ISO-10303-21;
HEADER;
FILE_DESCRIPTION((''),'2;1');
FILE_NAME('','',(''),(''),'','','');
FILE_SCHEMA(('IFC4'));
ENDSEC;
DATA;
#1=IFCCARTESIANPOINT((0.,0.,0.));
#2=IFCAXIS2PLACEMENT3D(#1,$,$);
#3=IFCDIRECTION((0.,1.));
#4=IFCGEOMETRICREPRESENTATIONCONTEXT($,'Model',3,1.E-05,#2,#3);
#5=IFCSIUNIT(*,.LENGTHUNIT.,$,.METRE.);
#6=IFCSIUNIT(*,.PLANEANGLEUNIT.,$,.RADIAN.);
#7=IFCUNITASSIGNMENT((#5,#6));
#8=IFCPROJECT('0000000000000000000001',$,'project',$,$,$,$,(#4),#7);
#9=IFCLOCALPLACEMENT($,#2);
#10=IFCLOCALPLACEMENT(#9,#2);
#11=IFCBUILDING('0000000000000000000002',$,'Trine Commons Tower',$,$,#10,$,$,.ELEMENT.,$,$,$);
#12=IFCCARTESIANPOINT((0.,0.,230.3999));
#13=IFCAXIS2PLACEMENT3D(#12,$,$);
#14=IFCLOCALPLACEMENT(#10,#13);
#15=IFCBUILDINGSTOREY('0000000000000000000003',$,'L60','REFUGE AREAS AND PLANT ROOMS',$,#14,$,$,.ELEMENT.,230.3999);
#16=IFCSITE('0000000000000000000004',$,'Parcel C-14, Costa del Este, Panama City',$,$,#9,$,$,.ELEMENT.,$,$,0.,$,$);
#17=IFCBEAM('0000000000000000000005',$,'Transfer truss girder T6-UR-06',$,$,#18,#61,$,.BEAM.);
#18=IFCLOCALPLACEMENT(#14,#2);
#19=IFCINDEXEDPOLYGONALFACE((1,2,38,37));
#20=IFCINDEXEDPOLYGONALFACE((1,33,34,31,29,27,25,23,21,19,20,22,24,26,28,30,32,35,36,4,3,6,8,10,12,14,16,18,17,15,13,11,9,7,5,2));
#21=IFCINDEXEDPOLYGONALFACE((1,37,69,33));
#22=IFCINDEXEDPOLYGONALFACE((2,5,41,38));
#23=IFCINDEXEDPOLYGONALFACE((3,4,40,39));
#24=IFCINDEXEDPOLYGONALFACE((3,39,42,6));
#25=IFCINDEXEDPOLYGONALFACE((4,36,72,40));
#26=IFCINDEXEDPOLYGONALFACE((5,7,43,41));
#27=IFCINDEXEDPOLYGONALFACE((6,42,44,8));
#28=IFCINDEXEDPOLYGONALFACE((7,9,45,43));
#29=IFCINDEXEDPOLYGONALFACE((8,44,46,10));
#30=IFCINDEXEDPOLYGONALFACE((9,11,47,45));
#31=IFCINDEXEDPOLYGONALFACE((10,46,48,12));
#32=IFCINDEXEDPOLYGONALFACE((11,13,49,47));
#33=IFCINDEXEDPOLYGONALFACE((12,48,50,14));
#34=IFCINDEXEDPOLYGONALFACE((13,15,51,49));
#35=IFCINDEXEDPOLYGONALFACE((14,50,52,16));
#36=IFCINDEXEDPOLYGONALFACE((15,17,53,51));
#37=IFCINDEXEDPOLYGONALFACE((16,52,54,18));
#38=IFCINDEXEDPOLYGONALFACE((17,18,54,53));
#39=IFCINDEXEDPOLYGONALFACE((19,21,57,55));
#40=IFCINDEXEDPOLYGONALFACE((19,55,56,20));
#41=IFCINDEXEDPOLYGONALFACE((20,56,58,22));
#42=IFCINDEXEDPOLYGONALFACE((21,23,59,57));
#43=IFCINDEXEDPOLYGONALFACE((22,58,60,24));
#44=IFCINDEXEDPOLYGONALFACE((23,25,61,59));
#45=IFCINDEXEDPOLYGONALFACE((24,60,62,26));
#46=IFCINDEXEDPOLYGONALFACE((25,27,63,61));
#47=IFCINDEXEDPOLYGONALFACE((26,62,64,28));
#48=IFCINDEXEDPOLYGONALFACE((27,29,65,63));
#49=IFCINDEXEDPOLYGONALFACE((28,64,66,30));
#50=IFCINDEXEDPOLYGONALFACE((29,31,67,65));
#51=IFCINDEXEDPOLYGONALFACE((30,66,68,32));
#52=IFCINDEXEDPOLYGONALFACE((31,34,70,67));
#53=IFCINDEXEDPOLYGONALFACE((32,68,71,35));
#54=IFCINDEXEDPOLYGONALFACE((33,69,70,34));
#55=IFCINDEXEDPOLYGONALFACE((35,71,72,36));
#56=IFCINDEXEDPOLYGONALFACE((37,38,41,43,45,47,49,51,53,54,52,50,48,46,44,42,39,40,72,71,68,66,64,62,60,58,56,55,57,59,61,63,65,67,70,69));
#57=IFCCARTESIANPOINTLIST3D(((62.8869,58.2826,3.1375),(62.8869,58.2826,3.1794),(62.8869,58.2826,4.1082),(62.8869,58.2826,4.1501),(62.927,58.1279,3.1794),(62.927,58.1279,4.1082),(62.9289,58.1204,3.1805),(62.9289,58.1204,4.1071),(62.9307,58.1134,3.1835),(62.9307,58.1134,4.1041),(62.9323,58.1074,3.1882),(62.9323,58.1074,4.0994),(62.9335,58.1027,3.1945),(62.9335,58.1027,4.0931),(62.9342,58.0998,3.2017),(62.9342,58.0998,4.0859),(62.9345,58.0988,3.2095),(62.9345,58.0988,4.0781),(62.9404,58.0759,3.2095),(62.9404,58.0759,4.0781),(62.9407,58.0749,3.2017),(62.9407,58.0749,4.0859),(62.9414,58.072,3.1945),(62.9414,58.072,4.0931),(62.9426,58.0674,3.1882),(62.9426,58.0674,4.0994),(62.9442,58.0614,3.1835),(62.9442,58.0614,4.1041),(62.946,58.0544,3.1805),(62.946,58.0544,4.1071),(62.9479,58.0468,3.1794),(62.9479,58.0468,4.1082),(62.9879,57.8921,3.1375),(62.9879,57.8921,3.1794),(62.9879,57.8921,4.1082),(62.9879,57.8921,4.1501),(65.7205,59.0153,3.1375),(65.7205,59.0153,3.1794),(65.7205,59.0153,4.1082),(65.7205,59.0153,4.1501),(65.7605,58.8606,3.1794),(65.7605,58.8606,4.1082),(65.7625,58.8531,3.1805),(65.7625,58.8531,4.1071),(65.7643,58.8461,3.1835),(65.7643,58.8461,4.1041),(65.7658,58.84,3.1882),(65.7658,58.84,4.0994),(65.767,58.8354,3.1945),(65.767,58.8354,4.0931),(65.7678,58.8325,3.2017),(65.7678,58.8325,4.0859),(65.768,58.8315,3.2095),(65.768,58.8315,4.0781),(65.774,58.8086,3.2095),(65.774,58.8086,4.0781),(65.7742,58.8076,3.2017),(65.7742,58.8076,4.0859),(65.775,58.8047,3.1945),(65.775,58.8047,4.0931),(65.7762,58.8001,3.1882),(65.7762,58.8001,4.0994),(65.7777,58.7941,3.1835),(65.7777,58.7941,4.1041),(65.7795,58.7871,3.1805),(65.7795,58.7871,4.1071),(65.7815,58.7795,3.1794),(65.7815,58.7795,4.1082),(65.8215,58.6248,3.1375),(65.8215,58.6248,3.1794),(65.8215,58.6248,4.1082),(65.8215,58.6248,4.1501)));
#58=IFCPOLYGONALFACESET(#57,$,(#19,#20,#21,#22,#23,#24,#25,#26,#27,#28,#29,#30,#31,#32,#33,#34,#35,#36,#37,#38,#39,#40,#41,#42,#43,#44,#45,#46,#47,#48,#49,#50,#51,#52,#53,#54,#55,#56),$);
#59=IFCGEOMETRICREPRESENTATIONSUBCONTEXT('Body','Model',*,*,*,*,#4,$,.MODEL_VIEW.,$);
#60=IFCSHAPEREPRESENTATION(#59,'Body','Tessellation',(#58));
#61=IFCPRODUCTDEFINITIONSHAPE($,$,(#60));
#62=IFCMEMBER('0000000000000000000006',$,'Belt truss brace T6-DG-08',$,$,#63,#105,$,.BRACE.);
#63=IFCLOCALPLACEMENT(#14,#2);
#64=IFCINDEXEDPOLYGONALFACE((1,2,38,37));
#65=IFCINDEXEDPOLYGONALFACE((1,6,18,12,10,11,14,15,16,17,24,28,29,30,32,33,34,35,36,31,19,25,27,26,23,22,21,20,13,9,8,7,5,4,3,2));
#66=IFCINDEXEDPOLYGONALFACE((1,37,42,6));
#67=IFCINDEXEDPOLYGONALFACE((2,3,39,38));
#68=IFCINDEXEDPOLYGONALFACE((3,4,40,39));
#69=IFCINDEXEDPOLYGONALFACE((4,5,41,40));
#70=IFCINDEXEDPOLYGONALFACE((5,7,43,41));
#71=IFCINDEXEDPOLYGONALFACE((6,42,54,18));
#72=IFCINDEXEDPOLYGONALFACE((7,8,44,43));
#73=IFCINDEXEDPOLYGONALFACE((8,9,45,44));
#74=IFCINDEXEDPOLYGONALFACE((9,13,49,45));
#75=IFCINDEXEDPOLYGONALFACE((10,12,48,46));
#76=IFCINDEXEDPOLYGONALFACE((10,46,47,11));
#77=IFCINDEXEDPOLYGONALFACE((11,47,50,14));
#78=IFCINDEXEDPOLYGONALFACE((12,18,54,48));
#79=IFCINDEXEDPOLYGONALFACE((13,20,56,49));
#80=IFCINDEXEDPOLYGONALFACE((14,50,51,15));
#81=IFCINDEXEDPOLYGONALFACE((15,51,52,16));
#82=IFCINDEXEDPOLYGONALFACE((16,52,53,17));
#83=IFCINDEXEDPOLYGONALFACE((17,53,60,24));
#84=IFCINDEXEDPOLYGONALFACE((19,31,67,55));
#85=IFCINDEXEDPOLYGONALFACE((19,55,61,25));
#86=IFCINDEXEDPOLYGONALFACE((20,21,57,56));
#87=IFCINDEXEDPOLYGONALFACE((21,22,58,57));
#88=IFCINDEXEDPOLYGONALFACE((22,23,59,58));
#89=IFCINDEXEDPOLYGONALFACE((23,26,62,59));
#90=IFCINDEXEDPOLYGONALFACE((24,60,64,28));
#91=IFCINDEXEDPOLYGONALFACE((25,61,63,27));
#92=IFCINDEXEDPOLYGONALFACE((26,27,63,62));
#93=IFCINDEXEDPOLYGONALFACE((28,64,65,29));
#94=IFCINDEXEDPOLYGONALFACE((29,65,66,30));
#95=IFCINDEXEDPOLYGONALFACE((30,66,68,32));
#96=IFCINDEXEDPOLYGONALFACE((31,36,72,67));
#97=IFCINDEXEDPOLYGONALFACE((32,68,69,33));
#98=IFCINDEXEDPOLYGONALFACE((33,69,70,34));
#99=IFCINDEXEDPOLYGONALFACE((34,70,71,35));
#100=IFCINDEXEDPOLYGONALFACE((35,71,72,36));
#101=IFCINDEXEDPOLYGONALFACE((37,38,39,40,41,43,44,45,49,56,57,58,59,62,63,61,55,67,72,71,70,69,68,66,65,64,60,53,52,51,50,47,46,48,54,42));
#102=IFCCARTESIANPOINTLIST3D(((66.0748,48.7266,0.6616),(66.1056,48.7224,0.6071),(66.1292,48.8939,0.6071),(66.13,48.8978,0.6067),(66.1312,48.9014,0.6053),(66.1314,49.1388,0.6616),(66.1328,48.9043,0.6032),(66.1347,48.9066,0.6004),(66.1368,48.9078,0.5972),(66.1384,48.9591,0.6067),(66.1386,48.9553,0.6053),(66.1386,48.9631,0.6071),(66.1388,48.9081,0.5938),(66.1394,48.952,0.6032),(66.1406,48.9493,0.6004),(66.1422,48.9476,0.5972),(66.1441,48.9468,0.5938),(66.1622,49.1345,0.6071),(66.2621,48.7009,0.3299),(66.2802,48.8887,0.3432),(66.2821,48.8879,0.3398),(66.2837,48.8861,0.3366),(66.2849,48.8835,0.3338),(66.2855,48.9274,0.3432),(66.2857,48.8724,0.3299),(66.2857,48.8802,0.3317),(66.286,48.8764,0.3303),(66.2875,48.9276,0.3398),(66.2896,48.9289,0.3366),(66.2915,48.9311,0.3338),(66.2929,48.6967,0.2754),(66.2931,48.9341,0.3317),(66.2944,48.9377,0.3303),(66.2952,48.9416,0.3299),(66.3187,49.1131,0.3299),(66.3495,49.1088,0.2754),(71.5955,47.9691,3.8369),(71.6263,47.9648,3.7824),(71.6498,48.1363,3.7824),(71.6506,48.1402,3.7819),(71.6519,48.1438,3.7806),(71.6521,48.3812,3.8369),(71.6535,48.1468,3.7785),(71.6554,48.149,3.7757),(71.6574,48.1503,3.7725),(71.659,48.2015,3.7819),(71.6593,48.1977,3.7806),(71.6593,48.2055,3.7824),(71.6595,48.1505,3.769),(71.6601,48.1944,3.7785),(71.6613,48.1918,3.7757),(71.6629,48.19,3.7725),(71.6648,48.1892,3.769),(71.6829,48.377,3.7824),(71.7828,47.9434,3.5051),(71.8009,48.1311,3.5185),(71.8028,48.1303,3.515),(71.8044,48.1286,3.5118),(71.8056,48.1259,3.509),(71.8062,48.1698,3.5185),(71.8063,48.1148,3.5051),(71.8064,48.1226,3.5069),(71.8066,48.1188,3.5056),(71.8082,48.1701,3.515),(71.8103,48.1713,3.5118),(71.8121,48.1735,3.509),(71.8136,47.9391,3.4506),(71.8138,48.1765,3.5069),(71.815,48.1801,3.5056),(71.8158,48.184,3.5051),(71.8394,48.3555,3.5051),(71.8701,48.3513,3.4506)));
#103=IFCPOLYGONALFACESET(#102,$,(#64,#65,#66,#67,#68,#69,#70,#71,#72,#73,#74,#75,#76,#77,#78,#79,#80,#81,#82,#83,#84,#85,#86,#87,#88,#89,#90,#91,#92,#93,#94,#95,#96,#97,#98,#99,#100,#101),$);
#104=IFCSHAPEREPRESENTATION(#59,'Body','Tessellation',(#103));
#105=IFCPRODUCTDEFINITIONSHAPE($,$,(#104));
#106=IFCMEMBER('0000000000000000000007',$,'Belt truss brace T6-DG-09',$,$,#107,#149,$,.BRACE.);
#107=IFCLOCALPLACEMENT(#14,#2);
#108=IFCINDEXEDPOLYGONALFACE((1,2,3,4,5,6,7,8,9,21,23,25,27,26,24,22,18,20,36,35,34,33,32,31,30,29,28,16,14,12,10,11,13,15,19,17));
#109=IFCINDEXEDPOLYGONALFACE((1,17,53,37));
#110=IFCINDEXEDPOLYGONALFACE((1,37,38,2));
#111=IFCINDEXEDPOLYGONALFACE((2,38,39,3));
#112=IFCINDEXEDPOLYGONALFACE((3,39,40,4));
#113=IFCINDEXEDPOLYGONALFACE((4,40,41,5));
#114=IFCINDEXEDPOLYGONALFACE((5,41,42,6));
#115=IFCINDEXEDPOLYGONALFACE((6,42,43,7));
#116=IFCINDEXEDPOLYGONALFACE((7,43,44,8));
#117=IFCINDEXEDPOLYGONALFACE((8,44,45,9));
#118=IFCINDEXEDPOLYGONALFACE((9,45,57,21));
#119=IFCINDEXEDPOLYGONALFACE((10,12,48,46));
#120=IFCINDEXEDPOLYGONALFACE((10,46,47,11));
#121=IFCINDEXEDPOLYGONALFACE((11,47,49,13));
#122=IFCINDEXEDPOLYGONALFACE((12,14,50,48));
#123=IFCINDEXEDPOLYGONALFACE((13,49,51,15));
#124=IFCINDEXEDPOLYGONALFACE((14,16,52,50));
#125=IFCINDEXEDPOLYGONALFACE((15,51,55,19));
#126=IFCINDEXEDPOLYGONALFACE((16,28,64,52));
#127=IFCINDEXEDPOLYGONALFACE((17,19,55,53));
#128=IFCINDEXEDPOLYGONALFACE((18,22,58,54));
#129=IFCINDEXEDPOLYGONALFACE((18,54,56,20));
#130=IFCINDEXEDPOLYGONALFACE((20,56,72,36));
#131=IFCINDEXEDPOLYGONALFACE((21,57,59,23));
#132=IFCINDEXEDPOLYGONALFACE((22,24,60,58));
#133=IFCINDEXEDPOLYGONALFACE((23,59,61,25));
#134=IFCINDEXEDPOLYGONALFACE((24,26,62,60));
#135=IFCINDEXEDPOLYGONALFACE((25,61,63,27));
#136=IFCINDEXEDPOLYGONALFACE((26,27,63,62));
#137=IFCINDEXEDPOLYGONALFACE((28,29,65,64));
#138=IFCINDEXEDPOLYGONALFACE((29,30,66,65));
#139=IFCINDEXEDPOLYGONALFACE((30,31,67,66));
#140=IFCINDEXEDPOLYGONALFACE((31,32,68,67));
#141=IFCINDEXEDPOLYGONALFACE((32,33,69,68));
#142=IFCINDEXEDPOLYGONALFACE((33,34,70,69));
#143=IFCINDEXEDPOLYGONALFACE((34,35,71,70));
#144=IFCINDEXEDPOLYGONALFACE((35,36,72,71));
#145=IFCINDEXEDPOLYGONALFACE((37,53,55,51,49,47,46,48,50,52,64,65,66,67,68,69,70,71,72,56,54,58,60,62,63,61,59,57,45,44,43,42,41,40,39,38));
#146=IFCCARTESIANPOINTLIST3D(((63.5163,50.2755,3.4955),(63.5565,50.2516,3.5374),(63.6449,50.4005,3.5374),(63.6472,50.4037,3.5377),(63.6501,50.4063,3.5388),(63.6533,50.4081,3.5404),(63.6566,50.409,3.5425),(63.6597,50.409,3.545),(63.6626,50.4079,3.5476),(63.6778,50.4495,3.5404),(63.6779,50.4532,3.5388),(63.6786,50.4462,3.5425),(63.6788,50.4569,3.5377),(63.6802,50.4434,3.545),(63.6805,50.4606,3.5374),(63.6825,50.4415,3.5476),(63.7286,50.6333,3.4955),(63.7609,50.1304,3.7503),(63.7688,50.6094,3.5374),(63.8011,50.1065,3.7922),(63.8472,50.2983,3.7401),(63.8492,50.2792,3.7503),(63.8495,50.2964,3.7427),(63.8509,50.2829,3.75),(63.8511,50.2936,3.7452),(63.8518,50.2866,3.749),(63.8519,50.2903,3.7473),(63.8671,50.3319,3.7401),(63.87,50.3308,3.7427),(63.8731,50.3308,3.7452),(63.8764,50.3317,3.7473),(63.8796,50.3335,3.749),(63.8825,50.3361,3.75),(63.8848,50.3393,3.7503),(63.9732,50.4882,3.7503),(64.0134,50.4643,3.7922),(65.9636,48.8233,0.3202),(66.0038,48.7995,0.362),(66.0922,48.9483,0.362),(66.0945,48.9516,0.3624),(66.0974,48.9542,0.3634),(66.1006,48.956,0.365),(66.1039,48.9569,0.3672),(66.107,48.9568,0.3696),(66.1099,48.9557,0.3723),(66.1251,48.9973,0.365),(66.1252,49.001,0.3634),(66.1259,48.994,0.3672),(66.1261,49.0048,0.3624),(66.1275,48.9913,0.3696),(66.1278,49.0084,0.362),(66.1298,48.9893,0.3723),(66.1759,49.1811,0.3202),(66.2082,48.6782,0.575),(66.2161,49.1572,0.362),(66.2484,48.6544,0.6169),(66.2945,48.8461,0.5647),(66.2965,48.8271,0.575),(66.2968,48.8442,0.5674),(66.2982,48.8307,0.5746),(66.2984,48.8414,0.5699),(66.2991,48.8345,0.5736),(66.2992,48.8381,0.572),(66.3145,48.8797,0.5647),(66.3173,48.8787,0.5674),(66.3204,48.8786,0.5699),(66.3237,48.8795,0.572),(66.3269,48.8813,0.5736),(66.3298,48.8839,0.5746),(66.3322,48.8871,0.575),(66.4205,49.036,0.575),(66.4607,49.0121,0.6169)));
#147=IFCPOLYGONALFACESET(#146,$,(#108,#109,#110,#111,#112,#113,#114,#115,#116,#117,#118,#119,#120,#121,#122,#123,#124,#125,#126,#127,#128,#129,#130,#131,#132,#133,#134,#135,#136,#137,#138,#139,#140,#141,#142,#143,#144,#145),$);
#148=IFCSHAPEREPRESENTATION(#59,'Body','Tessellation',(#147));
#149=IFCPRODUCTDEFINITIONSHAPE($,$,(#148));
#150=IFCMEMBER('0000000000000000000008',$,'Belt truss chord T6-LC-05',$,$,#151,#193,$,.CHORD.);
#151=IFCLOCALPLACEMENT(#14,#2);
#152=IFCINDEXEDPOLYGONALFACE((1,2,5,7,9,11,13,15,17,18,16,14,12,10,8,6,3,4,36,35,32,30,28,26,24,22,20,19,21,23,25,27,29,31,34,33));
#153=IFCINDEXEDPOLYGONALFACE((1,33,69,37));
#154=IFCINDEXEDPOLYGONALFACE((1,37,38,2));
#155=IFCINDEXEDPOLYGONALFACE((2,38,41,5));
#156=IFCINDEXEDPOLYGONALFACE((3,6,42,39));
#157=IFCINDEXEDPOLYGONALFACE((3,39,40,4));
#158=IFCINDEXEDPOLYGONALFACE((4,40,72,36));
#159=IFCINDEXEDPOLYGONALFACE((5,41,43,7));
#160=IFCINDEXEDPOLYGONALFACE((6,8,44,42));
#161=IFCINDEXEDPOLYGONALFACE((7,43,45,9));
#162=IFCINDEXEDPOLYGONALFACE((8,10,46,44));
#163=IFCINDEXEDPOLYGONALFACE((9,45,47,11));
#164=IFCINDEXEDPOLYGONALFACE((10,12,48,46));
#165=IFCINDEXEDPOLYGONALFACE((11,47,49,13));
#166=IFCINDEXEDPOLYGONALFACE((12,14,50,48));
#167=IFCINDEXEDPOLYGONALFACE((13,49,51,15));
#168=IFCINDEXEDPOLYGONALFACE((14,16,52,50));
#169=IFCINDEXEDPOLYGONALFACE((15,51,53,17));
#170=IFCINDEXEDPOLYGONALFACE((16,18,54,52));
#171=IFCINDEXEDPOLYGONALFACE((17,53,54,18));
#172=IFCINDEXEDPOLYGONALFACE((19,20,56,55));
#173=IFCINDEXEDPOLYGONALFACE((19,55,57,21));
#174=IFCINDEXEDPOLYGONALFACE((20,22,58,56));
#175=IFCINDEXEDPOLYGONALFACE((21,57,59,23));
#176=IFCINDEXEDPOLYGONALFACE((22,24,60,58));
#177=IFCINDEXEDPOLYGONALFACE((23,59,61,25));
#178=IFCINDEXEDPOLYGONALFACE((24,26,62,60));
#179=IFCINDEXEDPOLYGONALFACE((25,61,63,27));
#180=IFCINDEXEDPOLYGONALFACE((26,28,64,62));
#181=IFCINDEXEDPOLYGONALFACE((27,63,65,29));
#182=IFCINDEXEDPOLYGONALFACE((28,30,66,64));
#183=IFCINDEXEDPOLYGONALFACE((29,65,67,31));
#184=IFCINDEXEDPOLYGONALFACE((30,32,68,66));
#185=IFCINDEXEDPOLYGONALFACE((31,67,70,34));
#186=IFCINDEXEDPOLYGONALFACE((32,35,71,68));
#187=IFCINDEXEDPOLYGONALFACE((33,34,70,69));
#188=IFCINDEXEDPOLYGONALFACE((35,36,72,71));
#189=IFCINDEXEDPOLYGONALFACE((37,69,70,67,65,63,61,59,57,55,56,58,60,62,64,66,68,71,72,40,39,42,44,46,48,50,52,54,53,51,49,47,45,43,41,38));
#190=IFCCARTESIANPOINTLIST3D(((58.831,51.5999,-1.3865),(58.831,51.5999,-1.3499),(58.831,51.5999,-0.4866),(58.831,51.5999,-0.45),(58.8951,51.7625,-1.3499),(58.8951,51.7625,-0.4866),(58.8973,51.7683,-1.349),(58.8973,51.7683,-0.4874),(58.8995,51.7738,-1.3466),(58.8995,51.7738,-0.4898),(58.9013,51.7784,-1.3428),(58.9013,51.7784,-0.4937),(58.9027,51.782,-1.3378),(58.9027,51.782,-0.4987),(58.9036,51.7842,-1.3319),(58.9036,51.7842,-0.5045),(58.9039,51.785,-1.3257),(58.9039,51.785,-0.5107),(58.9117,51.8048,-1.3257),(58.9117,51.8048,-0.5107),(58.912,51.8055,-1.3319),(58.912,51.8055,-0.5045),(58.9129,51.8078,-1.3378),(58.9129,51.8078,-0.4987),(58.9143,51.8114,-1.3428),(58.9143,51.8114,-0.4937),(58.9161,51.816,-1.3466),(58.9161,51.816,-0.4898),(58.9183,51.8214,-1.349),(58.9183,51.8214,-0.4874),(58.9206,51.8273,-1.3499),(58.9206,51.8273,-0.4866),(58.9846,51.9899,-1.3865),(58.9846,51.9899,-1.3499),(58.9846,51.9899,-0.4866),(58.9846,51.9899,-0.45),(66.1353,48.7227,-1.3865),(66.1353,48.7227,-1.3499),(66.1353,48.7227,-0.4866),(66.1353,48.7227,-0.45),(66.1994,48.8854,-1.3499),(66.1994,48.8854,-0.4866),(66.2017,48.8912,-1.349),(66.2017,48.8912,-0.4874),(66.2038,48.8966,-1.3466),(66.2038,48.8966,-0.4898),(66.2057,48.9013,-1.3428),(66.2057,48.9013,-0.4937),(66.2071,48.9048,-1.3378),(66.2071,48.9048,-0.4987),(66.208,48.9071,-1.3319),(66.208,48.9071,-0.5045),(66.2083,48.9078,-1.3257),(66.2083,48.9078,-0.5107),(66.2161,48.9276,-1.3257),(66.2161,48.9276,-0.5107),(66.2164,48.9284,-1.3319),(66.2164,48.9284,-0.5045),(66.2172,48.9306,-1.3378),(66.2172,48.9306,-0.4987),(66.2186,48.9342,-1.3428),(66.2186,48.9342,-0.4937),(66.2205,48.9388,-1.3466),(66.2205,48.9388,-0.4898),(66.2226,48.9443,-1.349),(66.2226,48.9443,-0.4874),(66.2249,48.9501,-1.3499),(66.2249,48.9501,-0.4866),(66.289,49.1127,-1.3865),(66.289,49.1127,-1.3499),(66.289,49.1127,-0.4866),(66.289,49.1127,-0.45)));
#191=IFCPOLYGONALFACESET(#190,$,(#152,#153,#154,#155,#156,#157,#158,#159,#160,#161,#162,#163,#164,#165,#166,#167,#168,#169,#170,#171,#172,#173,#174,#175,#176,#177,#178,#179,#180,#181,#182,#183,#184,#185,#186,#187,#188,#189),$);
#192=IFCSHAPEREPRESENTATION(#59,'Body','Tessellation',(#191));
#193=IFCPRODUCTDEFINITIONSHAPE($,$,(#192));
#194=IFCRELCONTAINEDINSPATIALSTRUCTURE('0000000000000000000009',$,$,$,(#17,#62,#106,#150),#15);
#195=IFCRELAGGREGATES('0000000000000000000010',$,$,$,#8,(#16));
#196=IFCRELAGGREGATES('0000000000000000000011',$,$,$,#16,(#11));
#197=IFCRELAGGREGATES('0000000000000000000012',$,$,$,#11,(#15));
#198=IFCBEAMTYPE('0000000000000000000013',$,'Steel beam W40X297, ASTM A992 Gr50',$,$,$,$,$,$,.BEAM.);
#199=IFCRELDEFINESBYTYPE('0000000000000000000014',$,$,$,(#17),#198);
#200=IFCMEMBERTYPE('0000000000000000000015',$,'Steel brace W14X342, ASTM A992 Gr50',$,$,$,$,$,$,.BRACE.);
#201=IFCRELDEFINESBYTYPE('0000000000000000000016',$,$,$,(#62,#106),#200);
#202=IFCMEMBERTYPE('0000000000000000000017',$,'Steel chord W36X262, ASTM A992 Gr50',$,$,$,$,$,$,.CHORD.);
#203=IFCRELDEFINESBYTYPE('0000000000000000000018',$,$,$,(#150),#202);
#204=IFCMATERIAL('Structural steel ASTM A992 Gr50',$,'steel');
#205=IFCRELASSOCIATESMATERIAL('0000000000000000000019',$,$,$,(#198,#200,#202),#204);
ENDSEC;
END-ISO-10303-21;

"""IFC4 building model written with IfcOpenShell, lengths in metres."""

from ifc_helpers import new_model, si_unit, direction, frame, origin, origin_2d, place, context, subcontext, project, spatial, i_section, extrude, material, material_profile, profile_set, type_object, element, save


model = new_model("IFC4")

# Units and contexts
model_context = context("Model", 3, precision=1e-05, world=origin(), true_north=direction((0.0, 1.0)))
body_context = subcontext(model_context, "Body", "Model", "MODEL_VIEW")
ifc_project = project(units=[si_unit("LENGTHUNIT", "METRE"), si_unit("PLANEANGLEUNIT", "RADIAN")], contexts=[model_context])

# Site, building, storey
site_placement = place(None, origin())
site = spatial("IfcSite", under=ifc_project, at=site_placement, Name="Parcel C-14, Costa del Este, Panama City", CompositionType="ELEMENT", RefElevation=0.0)
building_placement = place(site_placement, origin())
building = spatial("IfcBuilding", under=site, at=building_placement, Name="Trine Commons Tower", CompositionType="ELEMENT")
storey_placement = place(building_placement, frame((0.0, 0.0, 230.3999)))
storey = spatial("IfcBuildingStorey", under=building, at=storey_placement, Name="L60", Description="REFUGE AREAS AND PLANT ROOMS", CompositionType="ELEMENT", Elevation=230.3999)

# Beam
ifc_material_1 = material(Name="Structural steel ASTM A992 Gr50", Category="steel")
ifc_material_profile_1 = material_profile(ifc_material_1, i_section(OverallWidth=0.4033, OverallDepth=1.0127, WebThickness=0.0237, FlangeThickness=0.042, FilletRadius=0.03, at=origin_2d()), Name="W40X297")
ifc_profile_set_1 = profile_set([ifc_material_profile_1], Name="Structural steel ASTM A992 Gr50")
beam_type = type_object("IfcBeamType", Name="Steel beam W40X297, ASTM A992 Gr50", PredefinedType="BEAM", material=ifc_profile_set_1)
beam_placement = place(storey_placement, frame((65.771, 58.8201, 3.6438), z_axis=(-0.968158, -0.25034, 0.0), x_axis=(0.25034, -0.968158, 0.0)))
element("IfcBeam", 1, at=beam_placement, inside=storey, type_object=beam_type, Name="Transfer truss girder T6-UR-06", PredefinedType="BEAM", context=body_context, shape_type="SweptSolid", body=[
    extrude(i_section(OverallWidth=0.4033, OverallDepth=1.0127, WebThickness=0.0237, FlangeThickness=0.042, FilletRadius=0.03, at=origin_2d()), origin(), (0.0, 0.0, 1.0), 2.9268),
])

# Members
ifc_material_profile_2 = material_profile(ifc_material_1, i_section(OverallWidth=0.416, OverallDepth=0.4446, WebThickness=0.0391, FlangeThickness=0.0627, FilletRadius=0.0154, at=origin_2d()), Name="W14X342")
ifc_profile_set_2 = profile_set([ifc_material_profile_2], Name="Structural steel ASTM A992 Gr50")
member_type_1 = type_object("IfcMemberType", Name="Steel brace W14X342, ASTM A992 Gr50", PredefinedType="BRACE", material=ifc_profile_set_2)
member_1_placement = place(storey_placement, frame((66.2122, 48.9177, 0.4685), z_axis=(0.86078, -0.118118, 0.495082), x_axis=(0.135948, 0.990716, 0.0)))
element("IfcMember", 2, at=member_1_placement, inside=storey, type_object=member_type_1, Name="Belt truss brace T6-DG-08", PredefinedType="BRACE", context=body_context, shape_type="SweptSolid", body=[
    extrude(i_section(OverallWidth=0.416, OverallDepth=0.4446, WebThickness=0.0391, FlangeThickness=0.0627, FilletRadius=0.0154, at=origin_2d()), origin(), (0.0, 0.0, 1.0), 6.4136),
])
member_2_placement = place(storey_placement, frame((66.2122, 48.9177, 0.4685), z_axis=(-0.573958, 0.340573, 0.744703), x_axis=(-0.510301, -0.859996, 0.0)))
element("IfcMember", 3, at=member_2_placement, inside=storey, type_object=member_type_1, Name="Belt truss brace T6-DG-09", PredefinedType="BRACE", context=body_context, shape_type="SweptSolid", body=[
    extrude(i_section(OverallWidth=0.416, OverallDepth=0.4446, WebThickness=0.0391, FlangeThickness=0.0627, FilletRadius=0.0154, at=origin_2d()), origin(), (0.0, 0.0, 1.0), 4.2639),
])
ifc_material_profile_3 = material_profile(ifc_material_1, i_section(OverallWidth=0.4192, OverallDepth=0.9365, WebThickness=0.0212, FlangeThickness=0.0366, FilletRadius=0.0242, at=origin_2d()), Name="W36X262")
ifc_profile_set_3 = profile_set([ifc_material_profile_3], Name="Structural steel ASTM A992 Gr50")
member_type_2 = type_object("IfcMemberType", Name="Steel chord W36X262, ASTM A992 Gr50", PredefinedType="CHORD", material=ifc_profile_set_3)
member_3_placement = place(storey_placement, frame((66.2122, 48.9177, -0.9182), z_axis=(-0.930422, 0.36649, 0.0), x_axis=(-0.36649, -0.930422, 0.0)))
element("IfcMember", 4, at=member_3_placement, inside=storey, type_object=member_type_2, Name="Belt truss chord T6-LC-05", PredefinedType="CHORD", context=body_context, shape_type="SweptSolid", body=[
    extrude(i_section(OverallWidth=0.4192, OverallDepth=0.9365, WebThickness=0.0212, FlangeThickness=0.0366, FilletRadius=0.0242, at=origin_2d()), origin(), (0.0, 0.0, 1.0), 7.8506),
])

save(model, "model.ifc")
